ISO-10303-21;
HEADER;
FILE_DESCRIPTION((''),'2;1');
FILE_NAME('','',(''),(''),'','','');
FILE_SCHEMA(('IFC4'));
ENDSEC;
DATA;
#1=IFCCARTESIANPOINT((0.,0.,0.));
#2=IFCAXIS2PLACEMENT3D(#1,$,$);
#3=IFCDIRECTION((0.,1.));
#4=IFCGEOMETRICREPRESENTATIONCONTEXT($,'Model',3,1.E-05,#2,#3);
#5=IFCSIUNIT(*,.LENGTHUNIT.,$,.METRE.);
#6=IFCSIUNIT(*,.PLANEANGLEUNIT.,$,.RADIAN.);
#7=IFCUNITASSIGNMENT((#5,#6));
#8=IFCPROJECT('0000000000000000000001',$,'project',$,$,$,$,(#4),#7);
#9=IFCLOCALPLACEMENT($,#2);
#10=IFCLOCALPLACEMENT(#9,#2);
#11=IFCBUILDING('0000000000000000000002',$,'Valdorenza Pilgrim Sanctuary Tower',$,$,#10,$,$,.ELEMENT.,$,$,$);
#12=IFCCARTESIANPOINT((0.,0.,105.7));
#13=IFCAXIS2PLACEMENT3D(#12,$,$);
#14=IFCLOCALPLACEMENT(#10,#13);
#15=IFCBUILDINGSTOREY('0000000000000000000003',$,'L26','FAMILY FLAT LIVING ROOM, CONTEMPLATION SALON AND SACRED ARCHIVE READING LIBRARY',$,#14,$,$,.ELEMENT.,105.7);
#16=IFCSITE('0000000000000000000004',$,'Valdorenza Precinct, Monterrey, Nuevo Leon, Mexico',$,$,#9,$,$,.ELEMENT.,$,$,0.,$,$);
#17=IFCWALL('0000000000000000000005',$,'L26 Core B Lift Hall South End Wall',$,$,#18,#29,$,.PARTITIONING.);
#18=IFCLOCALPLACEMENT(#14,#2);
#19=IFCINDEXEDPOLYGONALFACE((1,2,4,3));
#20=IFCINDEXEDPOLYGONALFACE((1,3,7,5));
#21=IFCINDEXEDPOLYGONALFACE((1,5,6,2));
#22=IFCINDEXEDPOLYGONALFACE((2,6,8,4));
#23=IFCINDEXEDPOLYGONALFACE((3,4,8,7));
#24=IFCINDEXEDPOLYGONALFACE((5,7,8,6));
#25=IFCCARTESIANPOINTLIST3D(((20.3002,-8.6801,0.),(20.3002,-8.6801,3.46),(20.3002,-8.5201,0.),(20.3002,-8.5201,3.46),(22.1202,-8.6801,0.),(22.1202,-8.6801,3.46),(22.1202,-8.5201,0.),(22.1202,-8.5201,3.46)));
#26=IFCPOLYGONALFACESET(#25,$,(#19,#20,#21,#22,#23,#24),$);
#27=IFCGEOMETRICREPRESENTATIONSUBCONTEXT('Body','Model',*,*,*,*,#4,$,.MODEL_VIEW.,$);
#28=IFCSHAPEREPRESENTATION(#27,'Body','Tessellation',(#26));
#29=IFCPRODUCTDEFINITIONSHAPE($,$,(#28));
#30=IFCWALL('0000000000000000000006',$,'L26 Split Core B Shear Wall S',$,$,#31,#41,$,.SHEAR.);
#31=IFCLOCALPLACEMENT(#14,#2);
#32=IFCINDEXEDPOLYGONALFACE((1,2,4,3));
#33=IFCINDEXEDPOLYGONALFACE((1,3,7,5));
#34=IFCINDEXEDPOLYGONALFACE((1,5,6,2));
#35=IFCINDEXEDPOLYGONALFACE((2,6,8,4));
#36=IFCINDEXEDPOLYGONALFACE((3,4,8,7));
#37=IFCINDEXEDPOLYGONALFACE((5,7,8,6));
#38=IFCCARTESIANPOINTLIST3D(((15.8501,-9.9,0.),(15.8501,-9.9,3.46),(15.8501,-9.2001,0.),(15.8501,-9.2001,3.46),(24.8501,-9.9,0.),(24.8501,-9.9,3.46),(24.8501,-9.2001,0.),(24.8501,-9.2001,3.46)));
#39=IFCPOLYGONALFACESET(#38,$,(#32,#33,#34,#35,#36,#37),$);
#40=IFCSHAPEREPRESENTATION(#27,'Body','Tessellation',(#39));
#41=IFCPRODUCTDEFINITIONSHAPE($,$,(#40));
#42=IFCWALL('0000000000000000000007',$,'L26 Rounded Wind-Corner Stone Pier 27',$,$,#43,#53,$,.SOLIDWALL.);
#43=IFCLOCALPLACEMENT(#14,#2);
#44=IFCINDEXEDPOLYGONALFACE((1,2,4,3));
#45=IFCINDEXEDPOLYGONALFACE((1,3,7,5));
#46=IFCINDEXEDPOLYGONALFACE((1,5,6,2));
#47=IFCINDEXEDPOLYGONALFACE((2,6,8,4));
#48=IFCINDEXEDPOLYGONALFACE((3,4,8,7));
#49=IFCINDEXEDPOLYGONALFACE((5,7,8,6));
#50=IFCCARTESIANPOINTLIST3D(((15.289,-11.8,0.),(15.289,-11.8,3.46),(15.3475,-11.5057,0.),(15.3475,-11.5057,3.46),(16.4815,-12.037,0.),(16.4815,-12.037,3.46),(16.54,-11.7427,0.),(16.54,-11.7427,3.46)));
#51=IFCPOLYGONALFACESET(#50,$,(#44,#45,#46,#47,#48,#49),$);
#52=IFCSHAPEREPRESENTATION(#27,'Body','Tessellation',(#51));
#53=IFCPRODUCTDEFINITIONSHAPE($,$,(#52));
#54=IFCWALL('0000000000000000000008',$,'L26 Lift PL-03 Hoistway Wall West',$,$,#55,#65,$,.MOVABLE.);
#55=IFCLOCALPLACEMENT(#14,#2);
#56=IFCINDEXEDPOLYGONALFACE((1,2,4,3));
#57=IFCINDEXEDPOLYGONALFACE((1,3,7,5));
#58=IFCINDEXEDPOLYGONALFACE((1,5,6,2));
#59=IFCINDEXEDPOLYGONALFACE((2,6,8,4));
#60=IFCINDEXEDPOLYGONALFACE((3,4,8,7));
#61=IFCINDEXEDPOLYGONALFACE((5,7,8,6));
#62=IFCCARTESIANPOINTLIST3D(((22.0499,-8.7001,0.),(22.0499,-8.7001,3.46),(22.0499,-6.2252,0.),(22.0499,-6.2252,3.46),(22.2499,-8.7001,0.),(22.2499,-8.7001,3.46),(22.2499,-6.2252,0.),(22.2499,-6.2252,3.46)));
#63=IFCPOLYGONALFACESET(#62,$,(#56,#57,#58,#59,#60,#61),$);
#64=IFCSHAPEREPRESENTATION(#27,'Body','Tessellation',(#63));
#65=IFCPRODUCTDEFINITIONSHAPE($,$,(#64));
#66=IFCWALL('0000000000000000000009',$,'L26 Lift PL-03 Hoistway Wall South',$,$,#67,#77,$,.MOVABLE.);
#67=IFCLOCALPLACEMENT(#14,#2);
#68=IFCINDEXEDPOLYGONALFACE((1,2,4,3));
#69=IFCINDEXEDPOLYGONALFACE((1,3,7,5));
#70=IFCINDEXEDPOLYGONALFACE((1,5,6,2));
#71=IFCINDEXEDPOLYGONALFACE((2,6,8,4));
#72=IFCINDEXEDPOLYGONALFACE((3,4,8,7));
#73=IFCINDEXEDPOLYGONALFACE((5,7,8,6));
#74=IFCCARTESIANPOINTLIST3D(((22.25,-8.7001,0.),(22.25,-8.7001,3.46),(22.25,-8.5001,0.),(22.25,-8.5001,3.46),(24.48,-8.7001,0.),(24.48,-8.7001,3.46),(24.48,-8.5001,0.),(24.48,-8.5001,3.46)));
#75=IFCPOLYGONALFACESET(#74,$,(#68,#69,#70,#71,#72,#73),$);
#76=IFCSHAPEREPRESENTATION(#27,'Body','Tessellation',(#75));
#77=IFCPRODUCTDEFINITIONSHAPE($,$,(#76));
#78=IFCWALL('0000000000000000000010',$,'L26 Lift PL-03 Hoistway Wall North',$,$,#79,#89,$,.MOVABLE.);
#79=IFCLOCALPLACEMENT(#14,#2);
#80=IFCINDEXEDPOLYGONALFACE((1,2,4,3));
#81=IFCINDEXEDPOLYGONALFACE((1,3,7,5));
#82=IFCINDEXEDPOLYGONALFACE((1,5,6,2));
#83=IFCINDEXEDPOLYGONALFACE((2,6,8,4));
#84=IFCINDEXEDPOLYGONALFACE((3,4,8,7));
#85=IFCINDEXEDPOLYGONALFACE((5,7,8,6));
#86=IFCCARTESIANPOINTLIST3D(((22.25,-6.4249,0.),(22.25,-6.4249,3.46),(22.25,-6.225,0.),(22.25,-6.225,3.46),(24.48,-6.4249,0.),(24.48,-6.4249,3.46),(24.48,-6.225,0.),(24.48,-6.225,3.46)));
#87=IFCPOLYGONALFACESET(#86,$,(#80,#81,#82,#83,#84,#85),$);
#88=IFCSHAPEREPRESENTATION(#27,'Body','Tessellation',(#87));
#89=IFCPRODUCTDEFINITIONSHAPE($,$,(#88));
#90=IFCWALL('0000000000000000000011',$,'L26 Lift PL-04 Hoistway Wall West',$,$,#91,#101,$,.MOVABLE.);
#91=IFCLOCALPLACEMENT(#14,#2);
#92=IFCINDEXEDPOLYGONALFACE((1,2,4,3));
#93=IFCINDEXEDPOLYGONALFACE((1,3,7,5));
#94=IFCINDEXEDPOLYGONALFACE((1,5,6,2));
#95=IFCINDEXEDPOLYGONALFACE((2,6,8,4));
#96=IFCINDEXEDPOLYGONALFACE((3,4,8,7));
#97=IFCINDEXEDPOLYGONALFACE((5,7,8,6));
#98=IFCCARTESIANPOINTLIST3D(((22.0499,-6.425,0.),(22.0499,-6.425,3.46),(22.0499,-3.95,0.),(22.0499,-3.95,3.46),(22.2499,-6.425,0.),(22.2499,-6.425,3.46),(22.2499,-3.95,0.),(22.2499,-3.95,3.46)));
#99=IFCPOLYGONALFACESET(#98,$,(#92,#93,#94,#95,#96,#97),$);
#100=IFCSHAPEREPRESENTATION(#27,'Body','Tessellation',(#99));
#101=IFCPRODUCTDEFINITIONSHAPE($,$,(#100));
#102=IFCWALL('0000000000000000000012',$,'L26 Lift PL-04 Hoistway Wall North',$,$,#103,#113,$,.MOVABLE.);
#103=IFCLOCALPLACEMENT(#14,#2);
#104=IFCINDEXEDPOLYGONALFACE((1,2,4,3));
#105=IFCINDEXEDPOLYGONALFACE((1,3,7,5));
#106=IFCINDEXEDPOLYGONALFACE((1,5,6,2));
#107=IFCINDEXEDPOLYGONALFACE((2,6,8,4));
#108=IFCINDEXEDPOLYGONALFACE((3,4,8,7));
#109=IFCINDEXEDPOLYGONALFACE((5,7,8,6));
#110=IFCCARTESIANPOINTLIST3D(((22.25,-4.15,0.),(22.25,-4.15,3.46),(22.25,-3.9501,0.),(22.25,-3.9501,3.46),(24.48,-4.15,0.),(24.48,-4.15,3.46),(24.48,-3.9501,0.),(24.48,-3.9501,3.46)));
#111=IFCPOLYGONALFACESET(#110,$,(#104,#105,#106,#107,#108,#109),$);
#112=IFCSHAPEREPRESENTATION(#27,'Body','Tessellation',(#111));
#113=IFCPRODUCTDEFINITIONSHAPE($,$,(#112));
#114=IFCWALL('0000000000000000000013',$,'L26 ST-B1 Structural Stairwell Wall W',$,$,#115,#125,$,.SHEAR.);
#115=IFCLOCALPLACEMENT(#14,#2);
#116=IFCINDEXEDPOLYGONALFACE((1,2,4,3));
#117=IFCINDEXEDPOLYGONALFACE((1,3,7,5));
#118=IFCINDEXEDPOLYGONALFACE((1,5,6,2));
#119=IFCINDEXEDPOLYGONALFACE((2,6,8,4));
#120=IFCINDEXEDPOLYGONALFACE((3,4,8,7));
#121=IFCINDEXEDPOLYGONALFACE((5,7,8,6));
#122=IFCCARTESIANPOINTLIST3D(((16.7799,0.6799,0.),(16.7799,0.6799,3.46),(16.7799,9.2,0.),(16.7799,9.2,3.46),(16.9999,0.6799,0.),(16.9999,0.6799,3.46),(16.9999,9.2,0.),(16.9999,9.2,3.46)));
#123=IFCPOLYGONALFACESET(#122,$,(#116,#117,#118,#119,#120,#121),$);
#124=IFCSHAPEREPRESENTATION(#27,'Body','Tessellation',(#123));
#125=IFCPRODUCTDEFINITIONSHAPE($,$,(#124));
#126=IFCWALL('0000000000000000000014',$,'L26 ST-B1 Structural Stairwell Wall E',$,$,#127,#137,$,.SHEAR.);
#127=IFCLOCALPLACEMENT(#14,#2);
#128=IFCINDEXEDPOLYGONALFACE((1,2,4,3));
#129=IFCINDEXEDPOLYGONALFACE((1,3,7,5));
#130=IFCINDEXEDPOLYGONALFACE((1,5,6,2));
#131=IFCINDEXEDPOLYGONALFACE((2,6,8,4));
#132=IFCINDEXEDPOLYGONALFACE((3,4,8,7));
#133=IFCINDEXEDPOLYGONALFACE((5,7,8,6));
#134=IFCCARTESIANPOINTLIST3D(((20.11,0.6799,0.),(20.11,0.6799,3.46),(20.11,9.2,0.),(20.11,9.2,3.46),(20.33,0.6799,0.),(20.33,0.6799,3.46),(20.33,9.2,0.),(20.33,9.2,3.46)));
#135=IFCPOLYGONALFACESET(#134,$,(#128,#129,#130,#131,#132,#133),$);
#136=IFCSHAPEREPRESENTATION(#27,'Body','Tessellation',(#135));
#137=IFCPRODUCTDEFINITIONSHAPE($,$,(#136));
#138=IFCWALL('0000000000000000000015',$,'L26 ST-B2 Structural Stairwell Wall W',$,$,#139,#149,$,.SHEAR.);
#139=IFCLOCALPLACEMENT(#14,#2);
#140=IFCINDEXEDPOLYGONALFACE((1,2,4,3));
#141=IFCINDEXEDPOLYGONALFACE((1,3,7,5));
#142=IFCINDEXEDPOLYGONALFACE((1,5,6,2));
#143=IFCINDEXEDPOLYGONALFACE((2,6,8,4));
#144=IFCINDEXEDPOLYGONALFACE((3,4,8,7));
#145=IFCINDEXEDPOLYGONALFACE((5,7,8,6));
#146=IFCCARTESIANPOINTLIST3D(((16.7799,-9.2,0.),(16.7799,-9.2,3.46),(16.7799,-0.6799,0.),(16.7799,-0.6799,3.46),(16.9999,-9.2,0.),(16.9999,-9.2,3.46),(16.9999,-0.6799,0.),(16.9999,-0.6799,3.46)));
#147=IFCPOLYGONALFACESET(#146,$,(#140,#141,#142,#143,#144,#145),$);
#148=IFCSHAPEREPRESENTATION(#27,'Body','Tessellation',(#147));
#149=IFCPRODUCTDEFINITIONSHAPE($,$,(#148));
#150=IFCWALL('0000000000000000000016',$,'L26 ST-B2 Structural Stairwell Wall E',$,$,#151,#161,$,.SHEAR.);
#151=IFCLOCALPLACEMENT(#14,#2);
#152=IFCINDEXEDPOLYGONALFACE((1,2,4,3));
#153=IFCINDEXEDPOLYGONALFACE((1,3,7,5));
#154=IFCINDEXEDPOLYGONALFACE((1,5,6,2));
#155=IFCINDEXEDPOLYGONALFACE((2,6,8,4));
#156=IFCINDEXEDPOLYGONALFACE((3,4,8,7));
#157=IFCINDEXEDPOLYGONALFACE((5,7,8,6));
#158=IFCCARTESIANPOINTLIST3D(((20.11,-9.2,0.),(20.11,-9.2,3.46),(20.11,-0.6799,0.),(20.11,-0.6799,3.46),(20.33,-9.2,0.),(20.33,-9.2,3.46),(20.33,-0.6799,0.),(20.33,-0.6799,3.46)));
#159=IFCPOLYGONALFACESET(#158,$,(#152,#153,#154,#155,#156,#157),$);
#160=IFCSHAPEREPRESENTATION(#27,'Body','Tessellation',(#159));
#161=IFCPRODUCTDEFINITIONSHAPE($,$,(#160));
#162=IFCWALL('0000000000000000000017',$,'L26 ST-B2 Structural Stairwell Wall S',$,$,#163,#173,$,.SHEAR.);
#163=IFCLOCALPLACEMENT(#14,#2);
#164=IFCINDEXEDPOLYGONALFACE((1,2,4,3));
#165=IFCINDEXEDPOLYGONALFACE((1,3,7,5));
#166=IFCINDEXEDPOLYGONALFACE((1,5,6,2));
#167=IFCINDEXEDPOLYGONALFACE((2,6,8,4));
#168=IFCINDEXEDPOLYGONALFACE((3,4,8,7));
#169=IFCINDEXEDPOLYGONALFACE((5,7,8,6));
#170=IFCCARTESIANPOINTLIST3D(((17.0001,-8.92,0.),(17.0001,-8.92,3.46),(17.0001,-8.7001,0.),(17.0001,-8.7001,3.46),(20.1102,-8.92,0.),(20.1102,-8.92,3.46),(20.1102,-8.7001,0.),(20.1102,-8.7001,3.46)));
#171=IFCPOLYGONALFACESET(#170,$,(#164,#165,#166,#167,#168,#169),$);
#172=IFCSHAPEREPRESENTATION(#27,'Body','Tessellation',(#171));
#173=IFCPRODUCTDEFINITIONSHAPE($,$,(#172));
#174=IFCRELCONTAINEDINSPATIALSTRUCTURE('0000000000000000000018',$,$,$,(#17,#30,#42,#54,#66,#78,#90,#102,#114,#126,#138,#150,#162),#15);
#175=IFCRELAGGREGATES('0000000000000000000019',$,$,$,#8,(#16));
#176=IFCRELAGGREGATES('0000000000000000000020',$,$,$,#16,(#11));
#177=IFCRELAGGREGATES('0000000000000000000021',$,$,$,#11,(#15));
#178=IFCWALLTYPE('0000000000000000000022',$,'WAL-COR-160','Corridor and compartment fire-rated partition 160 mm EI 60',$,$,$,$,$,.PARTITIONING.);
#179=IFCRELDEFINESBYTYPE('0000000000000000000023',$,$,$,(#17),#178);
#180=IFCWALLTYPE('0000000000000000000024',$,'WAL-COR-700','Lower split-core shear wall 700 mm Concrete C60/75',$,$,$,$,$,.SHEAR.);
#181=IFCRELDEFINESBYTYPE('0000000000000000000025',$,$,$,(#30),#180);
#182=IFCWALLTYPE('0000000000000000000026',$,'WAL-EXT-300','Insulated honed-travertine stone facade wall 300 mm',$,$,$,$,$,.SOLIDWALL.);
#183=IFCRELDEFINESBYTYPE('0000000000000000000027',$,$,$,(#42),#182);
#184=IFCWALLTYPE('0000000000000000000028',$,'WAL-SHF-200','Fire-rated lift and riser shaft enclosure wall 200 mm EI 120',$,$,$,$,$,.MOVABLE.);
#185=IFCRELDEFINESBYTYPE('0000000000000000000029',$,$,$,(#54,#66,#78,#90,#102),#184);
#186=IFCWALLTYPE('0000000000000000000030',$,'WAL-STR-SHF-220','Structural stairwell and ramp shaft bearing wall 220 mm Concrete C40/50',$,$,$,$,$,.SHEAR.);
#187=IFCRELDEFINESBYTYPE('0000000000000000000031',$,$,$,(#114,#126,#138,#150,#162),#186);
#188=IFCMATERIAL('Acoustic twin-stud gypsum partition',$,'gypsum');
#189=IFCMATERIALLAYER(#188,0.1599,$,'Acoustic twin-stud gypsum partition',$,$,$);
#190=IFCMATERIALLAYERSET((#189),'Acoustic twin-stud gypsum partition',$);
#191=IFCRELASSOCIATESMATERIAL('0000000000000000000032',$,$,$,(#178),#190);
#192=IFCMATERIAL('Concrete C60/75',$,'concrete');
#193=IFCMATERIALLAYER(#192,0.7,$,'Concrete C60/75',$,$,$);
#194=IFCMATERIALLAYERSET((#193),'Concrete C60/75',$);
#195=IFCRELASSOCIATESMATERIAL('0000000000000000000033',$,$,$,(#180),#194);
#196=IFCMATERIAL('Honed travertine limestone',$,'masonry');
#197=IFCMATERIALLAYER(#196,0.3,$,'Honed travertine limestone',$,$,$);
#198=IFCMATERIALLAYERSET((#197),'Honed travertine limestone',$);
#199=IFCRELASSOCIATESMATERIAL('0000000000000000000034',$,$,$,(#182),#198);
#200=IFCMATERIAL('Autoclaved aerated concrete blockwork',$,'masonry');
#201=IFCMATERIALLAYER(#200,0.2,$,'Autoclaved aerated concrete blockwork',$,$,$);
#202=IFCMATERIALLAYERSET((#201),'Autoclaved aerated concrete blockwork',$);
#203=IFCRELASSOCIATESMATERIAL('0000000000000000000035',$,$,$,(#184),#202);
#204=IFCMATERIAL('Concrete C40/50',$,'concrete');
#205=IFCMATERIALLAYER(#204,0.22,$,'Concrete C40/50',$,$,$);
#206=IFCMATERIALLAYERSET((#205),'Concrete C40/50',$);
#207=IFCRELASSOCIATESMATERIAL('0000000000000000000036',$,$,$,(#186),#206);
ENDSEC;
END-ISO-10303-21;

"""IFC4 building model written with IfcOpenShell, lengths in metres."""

from ifc_helpers import new_model, si_unit, direction, frame, frame_2d, origin, place, context, subcontext, project, spatial, rectangle, extrude, material, layer, layer_set, type_object, element, save


model = new_model("IFC4")

# Units and contexts
model_context = context("Model", 3, precision=1e-05, world=origin(), true_north=direction((0.0, 1.0)))
body_context = subcontext(model_context, "Body", "Model", "MODEL_VIEW")
ifc_project = project(units=[si_unit("LENGTHUNIT", "METRE"), si_unit("PLANEANGLEUNIT", "RADIAN")], contexts=[model_context])

# Site, building, storey
site_placement = place(None, origin())
site = spatial("IfcSite", under=ifc_project, at=site_placement, Name="Valdorenza Precinct, Monterrey, Nuevo Leon, Mexico", CompositionType="ELEMENT", RefElevation=0.0)
building_placement = place(site_placement, origin())
building = spatial("IfcBuilding", under=site, at=building_placement, Name="Valdorenza Pilgrim Sanctuary Tower", CompositionType="ELEMENT")
storey_placement = place(building_placement, frame((0.0, 0.0, 105.7)))
storey = spatial("IfcBuildingStorey", under=building, at=storey_placement, Name="L26", Description="FAMILY FLAT LIVING ROOM, CONTEMPLATION SALON AND SACRED ARCHIVE READING LIBRARY", CompositionType="ELEMENT", Elevation=105.7)

# Shared definitions
ifc_material_1 = material(Name="Concrete C60/75", Category="concrete")

# Shared definitions
ifc_material_2 = material(Name="Honed travertine limestone", Category="masonry")

# Walls
ifc_material_3 = material(Name="Acoustic twin-stud gypsum partition", Category="gypsum")
ifc_layer_1 = layer(ifc_material_3, 0.1599, Name="Acoustic twin-stud gypsum partition")
ifc_layer_set_1 = layer_set([ifc_layer_1], Name="Acoustic twin-stud gypsum partition")
wall_type_1 = type_object("IfcWallType", Name="WAL-COR-160", Description="Corridor and compartment fire-rated partition 160 mm EI 60", PredefinedType="PARTITIONING", material=ifc_layer_set_1)
wall_1_placement = place(storey_placement, frame((20.3, -8.6001, 0.0), z_axis=(0.0, 0.0, 1.0), x_axis=(1.0, 0.0, 0.0)))
element("IfcWall", 1, at=wall_1_placement, inside=storey, type_object=wall_type_1, Name="L26 Core B Lift Hall South End Wall", PredefinedType="PARTITIONING", context=body_context, shape_type="SweptSolid", body=[
    extrude(rectangle(XDim=1.8201, YDim=0.1599, at=frame_2d((0.9102, 0.0))), origin(), (0.0, 0.0, 1.0), 3.46),
])
ifc_layer_2 = layer(ifc_material_1, 0.7, Name="Concrete C60/75")
ifc_layer_set_2 = layer_set([ifc_layer_2], Name="Concrete C60/75")
wall_type_2 = type_object("IfcWallType", Name="WAL-COR-700", Description="Lower split-core shear wall 700 mm Concrete C60/75", PredefinedType="SHEAR", material=ifc_layer_set_2)
wall_2_placement = place(storey_placement, frame((15.8501, -9.55, 0.0), z_axis=(0.0, 0.0, 1.0), x_axis=(1.0, 0.0, 0.0)))
element("IfcWall", 2, at=wall_2_placement, inside=storey, type_object=wall_type_2, Name="L26 Split Core B Shear Wall S", PredefinedType="SHEAR", context=body_context, shape_type="SweptSolid", body=[
    extrude(rectangle(XDim=9.0, YDim=0.7, at=frame_2d((4.5, 0.0))), origin(), (0.0, 0.0, 1.0), 3.46),
])
ifc_layer_3 = layer(ifc_material_2, 0.3, Name="Honed travertine limestone")
ifc_layer_set_3 = layer_set([ifc_layer_3], Name="Honed travertine limestone")
wall_type_3 = type_object("IfcWallType", Name="WAL-EXT-300", Description="Insulated honed-travertine stone facade wall 300 mm", PredefinedType="SOLIDWALL", material=ifc_layer_set_3)
wall_3_placement = place(storey_placement, frame((16.5107, -11.8899, 0.0), z_axis=(0.0, 0.0, 1.0), x_axis=(-0.980804, 0.194996, 0.0)))
element("IfcWall", 3, at=wall_3_placement, inside=storey, type_object=wall_type_3, Name="L26 Rounded Wind-Corner Stone Pier 27", PredefinedType="SOLIDWALL", context=body_context, shape_type="SweptSolid", body=[
    extrude(rectangle(XDim=1.2158, YDim=0.3, at=frame_2d((0.6079, 0.0))), origin(), (0.0, 0.0, 1.0), 3.46),
])

# Walls
ifc_material_4 = material(Name="Autoclaved aerated concrete blockwork", Category="masonry")
ifc_layer_4 = layer(ifc_material_4, 0.2, Name="Autoclaved aerated concrete blockwork")
ifc_layer_set_4 = layer_set([ifc_layer_4], Name="Autoclaved aerated concrete blockwork")
wall_type_4 = type_object("IfcWallType", Name="WAL-SHF-200", Description="Fire-rated lift and riser shaft enclosure wall 200 mm EI 120", PredefinedType="MOVABLE", material=ifc_layer_set_4)
wall_4_placement = place(storey_placement, frame((22.1499, -8.7, 0.0), z_axis=(0.0, 0.0, 1.0), x_axis=(0.0, 1.0, 0.0)))
element("IfcWall", 4, at=wall_4_placement, inside=storey, type_object=wall_type_4, Name="L26 Lift PL-03 Hoistway Wall West", PredefinedType="MOVABLE", context=body_context, shape_type="SweptSolid", body=[
    extrude(rectangle(XDim=2.4749, YDim=0.2, at=frame_2d((1.2373, 0.0))), origin(), (0.0, 0.0, 1.0), 3.46),
])
for number, where, z_axis, x_axis, name in (
    (5, (22.25, -8.6001, 0.0), (0.0, 0.0, 1.0), (1.0, 0.0, 0.0), "L26 Lift PL-03 Hoistway Wall South"),
    (6, (22.25, -6.325, 0.0), (0.0, 0.0, 1.0), (1.0, 0.0, 0.0), "L26 Lift PL-03 Hoistway Wall North"),
):
    element("IfcWall", number, at=place(storey_placement, frame(where, z_axis=z_axis, x_axis=x_axis)), inside=storey, type_object=wall_type_4, Name=name, PredefinedType="MOVABLE", context=body_context, shape_type="SweptSolid", body=[
        extrude(rectangle(XDim=2.23, YDim=0.2, at=frame_2d((1.115, 0.0))), origin(), (0.0, 0.0, 1.0), 3.46),
    ])
wall_5_placement = place(storey_placement, frame((22.1499, -6.425, 0.0), z_axis=(0.0, 0.0, 1.0), x_axis=(0.0, 1.0, 0.0)))
element("IfcWall", 7, at=wall_5_placement, inside=storey, type_object=wall_type_4, Name="L26 Lift PL-04 Hoistway Wall West", PredefinedType="MOVABLE", context=body_context, shape_type="SweptSolid", body=[
    extrude(rectangle(XDim=2.4751, YDim=0.2, at=frame_2d((1.2375, 0.0))), origin(), (0.0, 0.0, 1.0), 3.46),
])
wall_6_placement = place(storey_placement, frame((22.25, -4.05, 0.0), z_axis=(0.0, 0.0, 1.0), x_axis=(1.0, 0.0, 0.0)))
element("IfcWall", 8, at=wall_6_placement, inside=storey, type_object=wall_type_4, Name="L26 Lift PL-04 Hoistway Wall North", PredefinedType="MOVABLE", context=body_context, shape_type="SweptSolid", body=[
    extrude(rectangle(XDim=2.23, YDim=0.2, at=frame_2d((1.115, 0.0))), origin(), (0.0, 0.0, 1.0), 3.46),
])
ifc_material_5 = material(Name="Concrete C40/50", Category="concrete")
ifc_layer_5 = layer(ifc_material_5, 0.22, Name="Concrete C40/50")
ifc_layer_set_5 = layer_set([ifc_layer_5], Name="Concrete C40/50")
wall_type_5 = type_object("IfcWallType", Name="WAL-STR-SHF-220", Description="Structural stairwell and ramp shaft bearing wall 220 mm Concrete C40/50", PredefinedType="SHEAR", material=ifc_layer_set_5)
for number, where, z_axis, x_axis, name in (
    (9, (16.8899, 0.6799, 0.0), (0.0, 0.0, 1.0), (0.0, 1.0, 0.0), "L26 ST-B1 Structural Stairwell Wall W"),
    (10, (20.22, 0.6799, 0.0), (0.0, 0.0, 1.0), (0.0, 1.0, 0.0), "L26 ST-B1 Structural Stairwell Wall E"),
    (11, (16.8899, -9.2, 0.0), (0.0, 0.0, 1.0), (0.0, 1.0, 0.0), "L26 ST-B2 Structural Stairwell Wall W"),
    (12, (20.22, -9.2, 0.0), (0.0, 0.0, 1.0), (0.0, 1.0, 0.0), "L26 ST-B2 Structural Stairwell Wall E"),
):
    element("IfcWall", number, at=place(storey_placement, frame(where, z_axis=z_axis, x_axis=x_axis)), inside=storey, type_object=wall_type_5, Name=name, PredefinedType="SHEAR", context=body_context, shape_type="SweptSolid", body=[
        extrude(rectangle(XDim=8.52, YDim=0.22, at=frame_2d((4.26, 0.0))), origin(), (0.0, 0.0, 1.0), 3.46),
    ])
wall_7_placement = place(storey_placement, frame((17.0, -8.8101, 0.0), z_axis=(0.0, 0.0, 1.0), x_axis=(1.0, 0.0, 0.0)))
element("IfcWall", 13, at=wall_7_placement, inside=storey, type_object=wall_type_5, Name="L26 ST-B2 Structural Stairwell Wall S", PredefinedType="SHEAR", context=body_context, shape_type="SweptSolid", body=[
    extrude(rectangle(XDim=3.1101, YDim=0.22, at=frame_2d((1.5552, 0.0))), origin(), (0.0, 0.0, 1.0), 3.46),
])

save(model, "model.ifc")
